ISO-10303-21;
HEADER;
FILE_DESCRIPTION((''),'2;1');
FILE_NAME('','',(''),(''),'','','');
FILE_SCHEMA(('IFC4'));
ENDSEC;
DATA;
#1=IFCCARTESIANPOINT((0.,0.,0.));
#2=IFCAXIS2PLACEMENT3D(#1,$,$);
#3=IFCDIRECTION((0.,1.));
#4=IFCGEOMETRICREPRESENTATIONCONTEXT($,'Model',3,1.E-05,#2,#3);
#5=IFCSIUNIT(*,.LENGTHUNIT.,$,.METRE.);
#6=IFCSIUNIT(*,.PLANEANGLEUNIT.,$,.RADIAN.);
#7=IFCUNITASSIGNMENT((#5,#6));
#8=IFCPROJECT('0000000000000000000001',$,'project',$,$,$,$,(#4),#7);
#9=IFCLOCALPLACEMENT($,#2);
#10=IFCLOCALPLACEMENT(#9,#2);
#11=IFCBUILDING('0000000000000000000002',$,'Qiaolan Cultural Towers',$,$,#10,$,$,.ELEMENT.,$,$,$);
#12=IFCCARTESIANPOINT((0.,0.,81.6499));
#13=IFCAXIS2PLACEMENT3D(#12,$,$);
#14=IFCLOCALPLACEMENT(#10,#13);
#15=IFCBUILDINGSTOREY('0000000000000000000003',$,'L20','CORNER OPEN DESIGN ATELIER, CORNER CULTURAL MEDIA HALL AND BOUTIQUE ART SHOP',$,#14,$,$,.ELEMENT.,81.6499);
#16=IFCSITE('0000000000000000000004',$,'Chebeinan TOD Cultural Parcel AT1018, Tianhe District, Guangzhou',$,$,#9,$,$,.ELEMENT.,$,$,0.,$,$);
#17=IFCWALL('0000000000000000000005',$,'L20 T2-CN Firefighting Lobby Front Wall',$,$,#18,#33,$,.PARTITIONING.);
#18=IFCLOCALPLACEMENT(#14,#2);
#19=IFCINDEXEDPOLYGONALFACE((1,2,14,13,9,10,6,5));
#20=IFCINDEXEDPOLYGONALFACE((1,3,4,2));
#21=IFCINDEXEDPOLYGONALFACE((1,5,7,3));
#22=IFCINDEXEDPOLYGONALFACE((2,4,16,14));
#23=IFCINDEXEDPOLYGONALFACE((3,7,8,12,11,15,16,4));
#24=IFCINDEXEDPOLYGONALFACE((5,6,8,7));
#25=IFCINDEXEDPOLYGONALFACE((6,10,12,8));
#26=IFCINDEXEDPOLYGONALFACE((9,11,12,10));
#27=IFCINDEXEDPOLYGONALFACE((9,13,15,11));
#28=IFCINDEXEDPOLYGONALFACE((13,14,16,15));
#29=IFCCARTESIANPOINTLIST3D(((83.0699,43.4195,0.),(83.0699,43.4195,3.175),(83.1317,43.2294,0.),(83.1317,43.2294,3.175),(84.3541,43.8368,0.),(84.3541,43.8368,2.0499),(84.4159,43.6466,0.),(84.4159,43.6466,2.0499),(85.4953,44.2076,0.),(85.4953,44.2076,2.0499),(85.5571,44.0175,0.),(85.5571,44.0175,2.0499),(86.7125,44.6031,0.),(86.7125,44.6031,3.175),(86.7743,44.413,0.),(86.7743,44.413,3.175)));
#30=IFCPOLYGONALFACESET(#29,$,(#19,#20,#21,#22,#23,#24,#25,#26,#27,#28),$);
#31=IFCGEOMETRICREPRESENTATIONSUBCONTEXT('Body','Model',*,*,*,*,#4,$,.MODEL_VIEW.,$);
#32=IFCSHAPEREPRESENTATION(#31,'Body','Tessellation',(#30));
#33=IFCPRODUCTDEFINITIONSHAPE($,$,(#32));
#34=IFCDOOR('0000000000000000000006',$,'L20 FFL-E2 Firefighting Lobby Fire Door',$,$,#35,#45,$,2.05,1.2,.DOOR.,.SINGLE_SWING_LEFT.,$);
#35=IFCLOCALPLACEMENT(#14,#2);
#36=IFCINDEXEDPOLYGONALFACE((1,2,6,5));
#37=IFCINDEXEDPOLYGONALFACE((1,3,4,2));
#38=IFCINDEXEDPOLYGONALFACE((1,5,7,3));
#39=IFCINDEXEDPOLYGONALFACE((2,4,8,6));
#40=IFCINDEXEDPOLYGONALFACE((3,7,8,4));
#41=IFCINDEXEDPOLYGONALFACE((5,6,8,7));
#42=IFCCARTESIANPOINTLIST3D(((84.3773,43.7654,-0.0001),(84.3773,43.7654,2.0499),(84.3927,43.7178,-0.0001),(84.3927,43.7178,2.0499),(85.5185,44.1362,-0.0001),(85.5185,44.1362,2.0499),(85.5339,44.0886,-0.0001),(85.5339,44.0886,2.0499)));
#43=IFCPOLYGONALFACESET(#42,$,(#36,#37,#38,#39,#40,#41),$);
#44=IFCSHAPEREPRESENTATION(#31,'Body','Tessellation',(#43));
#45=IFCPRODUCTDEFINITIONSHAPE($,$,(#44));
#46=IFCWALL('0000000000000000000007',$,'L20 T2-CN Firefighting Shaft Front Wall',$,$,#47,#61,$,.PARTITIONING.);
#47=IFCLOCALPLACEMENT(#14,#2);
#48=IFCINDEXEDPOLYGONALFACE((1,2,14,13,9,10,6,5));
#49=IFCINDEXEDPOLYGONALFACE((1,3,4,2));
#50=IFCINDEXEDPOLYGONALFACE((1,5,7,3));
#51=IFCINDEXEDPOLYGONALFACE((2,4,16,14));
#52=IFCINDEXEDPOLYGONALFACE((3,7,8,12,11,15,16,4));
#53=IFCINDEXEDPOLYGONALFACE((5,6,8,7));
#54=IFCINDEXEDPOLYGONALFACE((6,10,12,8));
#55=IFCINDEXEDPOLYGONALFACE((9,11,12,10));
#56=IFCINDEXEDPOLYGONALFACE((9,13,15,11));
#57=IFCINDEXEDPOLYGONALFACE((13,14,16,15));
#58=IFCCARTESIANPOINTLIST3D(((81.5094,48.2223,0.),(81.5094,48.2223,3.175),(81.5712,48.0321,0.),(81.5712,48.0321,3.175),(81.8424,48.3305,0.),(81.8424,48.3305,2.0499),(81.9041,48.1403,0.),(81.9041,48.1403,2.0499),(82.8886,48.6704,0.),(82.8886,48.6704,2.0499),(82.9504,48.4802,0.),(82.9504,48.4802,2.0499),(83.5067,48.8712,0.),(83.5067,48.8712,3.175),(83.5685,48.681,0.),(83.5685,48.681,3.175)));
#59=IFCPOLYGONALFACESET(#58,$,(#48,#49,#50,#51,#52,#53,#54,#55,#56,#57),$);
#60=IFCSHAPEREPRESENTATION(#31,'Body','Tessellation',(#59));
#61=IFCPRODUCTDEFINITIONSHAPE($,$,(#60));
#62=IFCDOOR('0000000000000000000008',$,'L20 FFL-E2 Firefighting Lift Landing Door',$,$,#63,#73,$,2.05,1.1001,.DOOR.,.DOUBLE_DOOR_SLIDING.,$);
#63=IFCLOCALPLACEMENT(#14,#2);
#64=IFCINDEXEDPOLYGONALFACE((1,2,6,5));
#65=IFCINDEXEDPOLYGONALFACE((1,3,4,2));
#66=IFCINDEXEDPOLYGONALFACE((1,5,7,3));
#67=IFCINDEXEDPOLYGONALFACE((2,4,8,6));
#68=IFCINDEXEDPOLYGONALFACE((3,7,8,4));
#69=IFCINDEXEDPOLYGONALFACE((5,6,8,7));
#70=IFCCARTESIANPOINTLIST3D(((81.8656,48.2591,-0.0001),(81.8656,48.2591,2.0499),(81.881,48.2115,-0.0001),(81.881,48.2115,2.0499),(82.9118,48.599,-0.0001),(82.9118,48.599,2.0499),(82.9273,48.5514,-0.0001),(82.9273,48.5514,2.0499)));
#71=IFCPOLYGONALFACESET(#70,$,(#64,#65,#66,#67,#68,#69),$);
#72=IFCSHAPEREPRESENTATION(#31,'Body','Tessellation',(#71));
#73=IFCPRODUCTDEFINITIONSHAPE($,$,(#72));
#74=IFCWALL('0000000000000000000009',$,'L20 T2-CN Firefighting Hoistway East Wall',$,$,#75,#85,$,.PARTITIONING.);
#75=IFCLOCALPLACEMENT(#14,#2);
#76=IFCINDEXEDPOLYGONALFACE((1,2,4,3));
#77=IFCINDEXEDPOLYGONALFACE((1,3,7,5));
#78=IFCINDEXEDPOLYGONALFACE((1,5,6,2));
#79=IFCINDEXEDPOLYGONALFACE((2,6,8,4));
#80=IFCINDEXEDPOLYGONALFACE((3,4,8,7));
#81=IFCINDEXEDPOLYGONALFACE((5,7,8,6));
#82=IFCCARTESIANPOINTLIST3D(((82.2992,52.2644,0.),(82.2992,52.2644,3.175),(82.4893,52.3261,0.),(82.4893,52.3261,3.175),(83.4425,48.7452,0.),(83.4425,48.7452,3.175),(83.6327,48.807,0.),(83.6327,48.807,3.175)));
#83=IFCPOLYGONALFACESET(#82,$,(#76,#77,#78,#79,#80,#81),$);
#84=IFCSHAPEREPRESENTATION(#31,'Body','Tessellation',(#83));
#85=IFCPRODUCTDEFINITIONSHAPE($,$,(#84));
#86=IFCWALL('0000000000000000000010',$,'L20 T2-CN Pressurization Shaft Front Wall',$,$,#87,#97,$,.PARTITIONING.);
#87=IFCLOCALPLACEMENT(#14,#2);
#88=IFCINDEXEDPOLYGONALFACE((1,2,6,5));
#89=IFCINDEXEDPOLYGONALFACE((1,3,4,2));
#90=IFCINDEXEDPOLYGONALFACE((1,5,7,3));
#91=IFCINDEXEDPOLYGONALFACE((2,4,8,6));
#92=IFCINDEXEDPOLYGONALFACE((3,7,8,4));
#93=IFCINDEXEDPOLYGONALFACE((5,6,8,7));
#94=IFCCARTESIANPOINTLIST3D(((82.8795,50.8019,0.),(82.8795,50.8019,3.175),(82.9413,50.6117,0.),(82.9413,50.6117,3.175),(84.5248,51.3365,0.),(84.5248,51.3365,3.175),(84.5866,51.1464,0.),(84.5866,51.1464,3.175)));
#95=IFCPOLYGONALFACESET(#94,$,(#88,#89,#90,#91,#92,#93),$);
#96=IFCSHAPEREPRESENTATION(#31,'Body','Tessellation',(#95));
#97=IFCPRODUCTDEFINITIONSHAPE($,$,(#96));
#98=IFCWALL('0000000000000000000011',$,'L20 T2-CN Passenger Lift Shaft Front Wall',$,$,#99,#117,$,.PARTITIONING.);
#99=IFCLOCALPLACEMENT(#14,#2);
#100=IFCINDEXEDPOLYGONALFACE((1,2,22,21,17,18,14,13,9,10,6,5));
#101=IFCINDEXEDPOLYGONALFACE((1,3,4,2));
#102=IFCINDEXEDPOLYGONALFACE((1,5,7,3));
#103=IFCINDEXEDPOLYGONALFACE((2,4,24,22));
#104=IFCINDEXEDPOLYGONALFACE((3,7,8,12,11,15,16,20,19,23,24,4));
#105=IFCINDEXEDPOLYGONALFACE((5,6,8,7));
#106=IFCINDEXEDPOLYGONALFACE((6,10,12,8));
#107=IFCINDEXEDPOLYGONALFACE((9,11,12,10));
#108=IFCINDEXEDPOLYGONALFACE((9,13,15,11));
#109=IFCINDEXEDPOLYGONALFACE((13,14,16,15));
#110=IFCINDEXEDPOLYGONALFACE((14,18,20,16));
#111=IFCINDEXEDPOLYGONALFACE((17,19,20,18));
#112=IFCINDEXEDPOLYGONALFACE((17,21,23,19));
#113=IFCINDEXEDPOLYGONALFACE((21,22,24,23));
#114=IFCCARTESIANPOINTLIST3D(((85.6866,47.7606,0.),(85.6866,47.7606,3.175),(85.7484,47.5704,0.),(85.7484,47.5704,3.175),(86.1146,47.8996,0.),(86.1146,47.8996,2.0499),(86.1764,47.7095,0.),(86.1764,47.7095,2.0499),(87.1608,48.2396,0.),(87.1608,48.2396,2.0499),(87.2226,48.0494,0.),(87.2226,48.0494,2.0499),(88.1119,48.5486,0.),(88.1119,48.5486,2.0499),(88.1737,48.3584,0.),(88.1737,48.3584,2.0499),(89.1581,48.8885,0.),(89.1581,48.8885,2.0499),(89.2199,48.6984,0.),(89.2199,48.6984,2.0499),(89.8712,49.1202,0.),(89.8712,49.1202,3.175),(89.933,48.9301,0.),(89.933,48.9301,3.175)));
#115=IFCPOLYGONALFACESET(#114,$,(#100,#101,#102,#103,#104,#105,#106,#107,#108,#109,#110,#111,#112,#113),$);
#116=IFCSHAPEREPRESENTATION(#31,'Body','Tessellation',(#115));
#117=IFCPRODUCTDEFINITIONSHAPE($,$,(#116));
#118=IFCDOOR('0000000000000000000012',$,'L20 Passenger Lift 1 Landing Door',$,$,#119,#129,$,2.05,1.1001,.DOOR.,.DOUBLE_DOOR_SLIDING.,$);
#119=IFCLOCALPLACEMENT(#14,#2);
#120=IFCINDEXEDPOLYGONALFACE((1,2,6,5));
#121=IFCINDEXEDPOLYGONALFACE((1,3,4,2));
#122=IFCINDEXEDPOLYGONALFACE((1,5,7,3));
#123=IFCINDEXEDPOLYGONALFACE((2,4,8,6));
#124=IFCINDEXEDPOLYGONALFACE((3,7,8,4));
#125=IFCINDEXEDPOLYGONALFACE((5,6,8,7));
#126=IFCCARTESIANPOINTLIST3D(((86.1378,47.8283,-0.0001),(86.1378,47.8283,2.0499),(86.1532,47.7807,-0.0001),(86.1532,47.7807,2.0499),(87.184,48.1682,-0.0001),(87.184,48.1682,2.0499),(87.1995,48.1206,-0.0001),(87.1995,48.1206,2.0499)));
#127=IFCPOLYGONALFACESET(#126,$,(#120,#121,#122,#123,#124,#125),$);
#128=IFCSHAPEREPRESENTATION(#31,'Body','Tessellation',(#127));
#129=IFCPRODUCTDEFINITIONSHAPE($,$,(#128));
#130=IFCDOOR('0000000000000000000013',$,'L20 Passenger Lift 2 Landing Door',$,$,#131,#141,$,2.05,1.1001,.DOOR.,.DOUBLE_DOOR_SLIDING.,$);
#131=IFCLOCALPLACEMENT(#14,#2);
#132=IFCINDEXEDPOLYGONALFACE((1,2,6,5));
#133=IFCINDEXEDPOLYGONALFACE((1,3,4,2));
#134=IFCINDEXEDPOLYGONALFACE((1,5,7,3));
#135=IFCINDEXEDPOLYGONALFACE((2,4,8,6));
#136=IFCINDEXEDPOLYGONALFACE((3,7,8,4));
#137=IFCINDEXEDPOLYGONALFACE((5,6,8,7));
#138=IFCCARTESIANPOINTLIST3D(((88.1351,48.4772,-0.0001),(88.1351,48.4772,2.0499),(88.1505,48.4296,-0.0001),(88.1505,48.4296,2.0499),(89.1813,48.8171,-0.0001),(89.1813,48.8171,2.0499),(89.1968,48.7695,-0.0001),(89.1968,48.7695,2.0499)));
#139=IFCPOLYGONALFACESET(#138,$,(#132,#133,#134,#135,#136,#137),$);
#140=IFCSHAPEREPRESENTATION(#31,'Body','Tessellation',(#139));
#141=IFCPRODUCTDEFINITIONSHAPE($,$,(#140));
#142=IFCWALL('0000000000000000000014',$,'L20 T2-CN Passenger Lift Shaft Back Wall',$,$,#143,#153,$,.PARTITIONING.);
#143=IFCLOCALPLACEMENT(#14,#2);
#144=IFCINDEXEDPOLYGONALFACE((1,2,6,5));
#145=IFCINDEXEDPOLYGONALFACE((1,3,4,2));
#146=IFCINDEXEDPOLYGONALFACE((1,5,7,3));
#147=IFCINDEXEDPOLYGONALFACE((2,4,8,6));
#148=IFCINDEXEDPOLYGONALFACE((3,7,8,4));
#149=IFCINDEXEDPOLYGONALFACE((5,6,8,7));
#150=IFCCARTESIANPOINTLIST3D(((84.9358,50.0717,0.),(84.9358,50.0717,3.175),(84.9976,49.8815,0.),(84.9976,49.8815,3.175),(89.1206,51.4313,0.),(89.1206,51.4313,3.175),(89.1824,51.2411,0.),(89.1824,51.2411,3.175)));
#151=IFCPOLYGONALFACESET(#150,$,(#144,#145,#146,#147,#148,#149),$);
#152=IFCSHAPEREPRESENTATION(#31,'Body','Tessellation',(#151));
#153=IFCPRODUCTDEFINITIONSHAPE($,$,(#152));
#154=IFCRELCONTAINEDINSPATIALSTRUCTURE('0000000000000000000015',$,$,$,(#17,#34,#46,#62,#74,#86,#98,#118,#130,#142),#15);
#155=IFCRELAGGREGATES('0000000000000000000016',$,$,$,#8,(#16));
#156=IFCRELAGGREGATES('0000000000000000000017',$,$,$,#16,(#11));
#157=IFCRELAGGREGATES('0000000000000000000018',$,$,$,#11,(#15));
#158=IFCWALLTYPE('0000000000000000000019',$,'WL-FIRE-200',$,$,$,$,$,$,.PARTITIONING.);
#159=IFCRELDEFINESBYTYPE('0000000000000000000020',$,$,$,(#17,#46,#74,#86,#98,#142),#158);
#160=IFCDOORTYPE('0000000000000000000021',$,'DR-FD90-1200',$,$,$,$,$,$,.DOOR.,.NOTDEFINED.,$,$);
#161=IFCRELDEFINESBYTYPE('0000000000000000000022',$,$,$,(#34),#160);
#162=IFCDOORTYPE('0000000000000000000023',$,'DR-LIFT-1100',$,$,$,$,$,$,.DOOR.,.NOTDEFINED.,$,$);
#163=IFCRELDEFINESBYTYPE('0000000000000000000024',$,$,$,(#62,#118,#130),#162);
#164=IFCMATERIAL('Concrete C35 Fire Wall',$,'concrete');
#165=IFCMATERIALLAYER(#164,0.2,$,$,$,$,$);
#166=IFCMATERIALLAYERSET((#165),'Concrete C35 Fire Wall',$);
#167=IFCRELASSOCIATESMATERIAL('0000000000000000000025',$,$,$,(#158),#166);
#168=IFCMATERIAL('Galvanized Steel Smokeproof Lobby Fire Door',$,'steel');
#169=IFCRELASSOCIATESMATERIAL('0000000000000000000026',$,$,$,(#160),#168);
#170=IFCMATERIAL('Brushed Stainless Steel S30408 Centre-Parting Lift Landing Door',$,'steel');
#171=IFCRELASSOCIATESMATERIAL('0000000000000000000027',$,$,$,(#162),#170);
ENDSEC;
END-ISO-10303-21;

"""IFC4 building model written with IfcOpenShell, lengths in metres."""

from ifc_helpers import new_model, si_unit, direction, frame, frame_2d, origin, place, context, subcontext, project, spatial, rectangle, extrude, material, layer, layer_set, type_object, element, fill, save


model = new_model("IFC4")

# Units and contexts
model_context = context("Model", 3, precision=1e-05, world=origin(), true_north=direction((0.0, 1.0)))
body_context = subcontext(model_context, "Body", "Model", "MODEL_VIEW")
ifc_project = project(units=[si_unit("LENGTHUNIT", "METRE"), si_unit("PLANEANGLEUNIT", "RADIAN")], contexts=[model_context])

# Site, building, storey
site_placement = place(None, origin())
site = spatial("IfcSite", under=ifc_project, at=site_placement, Name="Chebeinan TOD Cultural Parcel AT1018, Tianhe District, Guangzhou", CompositionType="ELEMENT", RefElevation=0.0)
building_placement = place(site_placement, origin())
building = spatial("IfcBuilding", under=site, at=building_placement, Name="Qiaolan Cultural Towers", CompositionType="ELEMENT")
storey_placement = place(building_placement, frame((0.0, 0.0, 81.6499)))
storey = spatial("IfcBuildingStorey", under=building, at=storey_placement, Name="L20", Description="CORNER OPEN DESIGN ATELIER, CORNER CULTURAL MEDIA HALL AND BOUTIQUE ART SHOP", CompositionType="ELEMENT", Elevation=81.6499)

# Shared definitions
ifc_material_1 = material(Name="Concrete C35 Fire Wall", Category="concrete")
ifc_layer_1 = layer(ifc_material_1, 0.2)
ifc_layer_set_1 = layer_set([ifc_layer_1], Name="Concrete C35 Fire Wall")
wall_type_1 = type_object("IfcWallType", Name="WL-FIRE-200", PredefinedType="PARTITIONING", material=ifc_layer_set_1)

# Walls, openings, doors
wall_1_placement = place(storey_placement, frame((83.1008, 43.3245, 0.0), z_axis=(0.0, 0.0, 1.0), x_axis=(0.951053, 0.309028, 0.0)))
wall_1 = element("IfcWall", 1, at=wall_1_placement, inside=storey, type_object=wall_type_1, Name="L20 T2-CN Firefighting Lobby Front Wall", PredefinedType="PARTITIONING", context=body_context, shape_type="SweptSolid", body=[
    extrude(rectangle(XDim=3.8301, YDim=0.2, at=frame_2d((1.915, 0.0))), origin(), (0.0, 0.0, 1.0), 3.175),
])
opening_1_placement = place(wall_1_placement, frame((1.3501, 0.0, 0.0)))
opening_1 = element("IfcOpeningElement", 2, at=opening_1_placement, cuts=wall_1, PredefinedType="OPENING", context=body_context, shape_type="SweptSolid", body=[
    extrude(rectangle(XDim=1.2, YDim=2.05, at=frame_2d((0.6001, 1.0249))), frame((0.0, 0.1099, 0.0), z_axis=(0.0, -1.0, 0.0), x_axis=(1.0, 0.0, 0.0)), (0.0, 0.0, 1.0), 0.22),
])
ifc_material_2 = material(Name="Galvanized Steel Smokeproof Lobby Fire Door", Category="steel")
door_type_1 = type_object("IfcDoorType", Name="DR-FD90-1200", OperationType="NOTDEFINED", PredefinedType="DOOR", material=ifc_material_2)
door_1_placement = place(opening_1_placement, origin())
door_1 = element("IfcDoor", 3, at=door_1_placement, inside=storey, type_object=door_type_1, Name="L20 FFL-E2 Firefighting Lobby Fire Door", OperationType="SINGLE_SWING_LEFT", OverallHeight=2.05, OverallWidth=1.2, PredefinedType="DOOR", context=body_context, shape_type="SweptSolid", body=[
    extrude(rectangle(XDim=1.2, YDim=2.05, at=frame_2d((0.6001, 1.0249))), frame((0.0, 0.0249, 0.0), z_axis=(0.0, -1.0, 0.0), x_axis=(1.0, 0.0, 0.0)), (0.0, 0.0, 1.0), 0.05),
])
fill(opening_1, door_1)
wall_2_placement = place(storey_placement, frame((81.5403, 48.1272, 0.0), z_axis=(0.0, 0.0, 1.0), x_axis=(0.951062, 0.308999, 0.0)))
wall_2 = element("IfcWall", 4, at=wall_2_placement, inside=storey, type_object=wall_type_1, Name="L20 T2-CN Firefighting Shaft Front Wall", PredefinedType="PARTITIONING", context=body_context, shape_type="SweptSolid", body=[
    extrude(rectangle(XDim=2.1001, YDim=0.2, at=frame_2d((1.05, 0.0))), origin(), (0.0, 0.0, 1.0), 3.175),
])
opening_2_placement = place(wall_2_placement, frame((0.3501, 0.0, 0.0)))
opening_2 = element("IfcOpeningElement", 5, at=opening_2_placement, cuts=wall_2, PredefinedType="OPENING", context=body_context, shape_type="SweptSolid", body=[
    extrude(rectangle(XDim=1.1001, YDim=2.05, at=frame_2d((0.55, 1.0249))), frame((0.0, 0.1099, 0.0), z_axis=(0.0, -1.0, 0.0), x_axis=(1.0, 0.0, 0.0)), (0.0, 0.0, 1.0), 0.22),
])
ifc_material_3 = material(Name="Brushed Stainless Steel S30408 Centre-Parting Lift Landing Door", Category="steel")
door_type_2 = type_object("IfcDoorType", Name="DR-LIFT-1100", OperationType="NOTDEFINED", PredefinedType="DOOR", material=ifc_material_3)
door_2_placement = place(opening_2_placement, origin())
door_2 = element("IfcDoor", 6, at=door_2_placement, inside=storey, type_object=door_type_2, Name="L20 FFL-E2 Firefighting Lift Landing Door", OperationType="DOUBLE_DOOR_SLIDING", OverallHeight=2.05, OverallWidth=1.1001, PredefinedType="DOOR", context=body_context, shape_type="SweptSolid", body=[
    extrude(rectangle(XDim=1.1001, YDim=2.05, at=frame_2d((0.55, 1.0249))), frame((0.0, 0.0249, 0.0), z_axis=(0.0, -1.0, 0.0), x_axis=(1.0, 0.0, 0.0)), (0.0, 0.0, 1.0), 0.05),
])
fill(opening_2, door_2)

# Walls
wall_3_placement = place(storey_placement, frame((83.5376, 48.7761, 0.0), z_axis=(0.0, 0.0, 1.0), x_axis=(-0.308994, 0.951064, 0.0)))
element("IfcWall", 7, at=wall_3_placement, inside=storey, type_object=wall_type_1, Name="L20 T2-CN Firefighting Hoistway East Wall", PredefinedType="PARTITIONING", context=body_context, shape_type="SweptSolid", body=[
    extrude(rectangle(XDim=3.7002, YDim=0.2, at=frame_2d((1.8501, 0.0))), origin(), (0.0, 0.0, 1.0), 3.175),
])
wall_4_placement = place(storey_placement, frame((82.9104, 50.7068, 0.0), z_axis=(0.0, 0.0, 1.0), x_axis=(0.951041, 0.309064, 0.0)))
element("IfcWall", 8, at=wall_4_placement, inside=storey, type_object=wall_type_1, Name="L20 T2-CN Pressurization Shaft Front Wall", PredefinedType="PARTITIONING", context=body_context, shape_type="SweptSolid", body=[
    extrude(rectangle(XDim=1.73, YDim=0.2, at=frame_2d((0.865, 0.0))), origin(), (0.0, 0.0, 1.0), 3.175),
])

# Wall, openings, doors
wall_5_placement = place(storey_placement, frame((85.7175, 47.6655, 0.0), z_axis=(0.0, 0.0, 1.0), x_axis=(0.951059, 0.309011, 0.0)))
wall_5 = element("IfcWall", 9, at=wall_5_placement, inside=storey, type_object=wall_type_1, Name="L20 T2-CN Passenger Lift Shaft Front Wall", PredefinedType="PARTITIONING", context=body_context, shape_type="SweptSolid", body=[
    extrude(rectangle(XDim=4.3999, YDim=0.2, at=frame_2d((2.2, 0.0))), origin(), (0.0, 0.0, 1.0), 3.175),
])
opening_3_placement = place(wall_5_placement, frame((0.45, 0.0, 0.0)))
opening_3 = element("IfcOpeningElement", 10, at=opening_3_placement, cuts=wall_5, PredefinedType="OPENING", context=body_context, shape_type="SweptSolid", body=[
    extrude(rectangle(XDim=1.1001, YDim=2.05, at=frame_2d((0.55, 1.0249))), frame((0.0, 0.1099, 0.0), z_axis=(0.0, -1.0, 0.0), x_axis=(1.0, 0.0, 0.0)), (0.0, 0.0, 1.0), 0.22),
])
opening_4_placement = place(wall_5_placement, frame((2.55, 0.0, 0.0)))
opening_4 = element("IfcOpeningElement", 11, at=opening_4_placement, cuts=wall_5, PredefinedType="OPENING", context=body_context, shape_type="SweptSolid", body=[
    extrude(rectangle(XDim=1.1001, YDim=2.05, at=frame_2d((0.55, 1.0249))), frame((0.0, 0.1099, 0.0), z_axis=(0.0, -1.0, 0.0), x_axis=(1.0, 0.0, 0.0)), (0.0, 0.0, 1.0), 0.22),
])
door_3_placement = place(opening_3_placement, origin())
door_3 = element("IfcDoor", 12, at=door_3_placement, inside=storey, type_object=door_type_2, Name="L20 Passenger Lift 1 Landing Door", OperationType="DOUBLE_DOOR_SLIDING", OverallHeight=2.05, OverallWidth=1.1001, PredefinedType="DOOR", context=body_context, shape_type="SweptSolid", body=[
    extrude(rectangle(XDim=1.1001, YDim=2.05, at=frame_2d((0.55, 1.0249))), frame((0.0, 0.0249, 0.0), z_axis=(0.0, -1.0, 0.0), x_axis=(1.0, 0.0, 0.0)), (0.0, 0.0, 1.0), 0.05),
])
fill(opening_3, door_3)
door_4_placement = place(opening_4_placement, origin())
door_4 = element("IfcDoor", 13, at=door_4_placement, inside=storey, type_object=door_type_2, Name="L20 Passenger Lift 2 Landing Door", OperationType="DOUBLE_DOOR_SLIDING", OverallHeight=2.05, OverallWidth=1.1001, PredefinedType="DOOR", context=body_context, shape_type="SweptSolid", body=[
    extrude(rectangle(XDim=1.1001, YDim=2.05, at=frame_2d((0.55, 1.0249))), frame((0.0, 0.0249, 0.0), z_axis=(0.0, -1.0, 0.0), x_axis=(1.0, 0.0, 0.0)), (0.0, 0.0, 1.0), 0.05),
])
fill(opening_4, door_4)

# Wall
wall_6_placement = place(storey_placement, frame((84.9666, 49.9766, 0.0), z_axis=(0.0, 0.0, 1.0), x_axis=(0.951064, 0.308994, 0.0)))
element("IfcWall", 14, at=wall_6_placement, inside=storey, type_object=wall_type_1, Name="L20 T2-CN Passenger Lift Shaft Back Wall", PredefinedType="PARTITIONING", context=body_context, shape_type="SweptSolid", body=[
    extrude(rectangle(XDim=4.4001, YDim=0.2, at=frame_2d((2.2002, 0.0))), origin(), (0.0, 0.0, 1.0), 3.175),
])

save(model, "model.ifc")
